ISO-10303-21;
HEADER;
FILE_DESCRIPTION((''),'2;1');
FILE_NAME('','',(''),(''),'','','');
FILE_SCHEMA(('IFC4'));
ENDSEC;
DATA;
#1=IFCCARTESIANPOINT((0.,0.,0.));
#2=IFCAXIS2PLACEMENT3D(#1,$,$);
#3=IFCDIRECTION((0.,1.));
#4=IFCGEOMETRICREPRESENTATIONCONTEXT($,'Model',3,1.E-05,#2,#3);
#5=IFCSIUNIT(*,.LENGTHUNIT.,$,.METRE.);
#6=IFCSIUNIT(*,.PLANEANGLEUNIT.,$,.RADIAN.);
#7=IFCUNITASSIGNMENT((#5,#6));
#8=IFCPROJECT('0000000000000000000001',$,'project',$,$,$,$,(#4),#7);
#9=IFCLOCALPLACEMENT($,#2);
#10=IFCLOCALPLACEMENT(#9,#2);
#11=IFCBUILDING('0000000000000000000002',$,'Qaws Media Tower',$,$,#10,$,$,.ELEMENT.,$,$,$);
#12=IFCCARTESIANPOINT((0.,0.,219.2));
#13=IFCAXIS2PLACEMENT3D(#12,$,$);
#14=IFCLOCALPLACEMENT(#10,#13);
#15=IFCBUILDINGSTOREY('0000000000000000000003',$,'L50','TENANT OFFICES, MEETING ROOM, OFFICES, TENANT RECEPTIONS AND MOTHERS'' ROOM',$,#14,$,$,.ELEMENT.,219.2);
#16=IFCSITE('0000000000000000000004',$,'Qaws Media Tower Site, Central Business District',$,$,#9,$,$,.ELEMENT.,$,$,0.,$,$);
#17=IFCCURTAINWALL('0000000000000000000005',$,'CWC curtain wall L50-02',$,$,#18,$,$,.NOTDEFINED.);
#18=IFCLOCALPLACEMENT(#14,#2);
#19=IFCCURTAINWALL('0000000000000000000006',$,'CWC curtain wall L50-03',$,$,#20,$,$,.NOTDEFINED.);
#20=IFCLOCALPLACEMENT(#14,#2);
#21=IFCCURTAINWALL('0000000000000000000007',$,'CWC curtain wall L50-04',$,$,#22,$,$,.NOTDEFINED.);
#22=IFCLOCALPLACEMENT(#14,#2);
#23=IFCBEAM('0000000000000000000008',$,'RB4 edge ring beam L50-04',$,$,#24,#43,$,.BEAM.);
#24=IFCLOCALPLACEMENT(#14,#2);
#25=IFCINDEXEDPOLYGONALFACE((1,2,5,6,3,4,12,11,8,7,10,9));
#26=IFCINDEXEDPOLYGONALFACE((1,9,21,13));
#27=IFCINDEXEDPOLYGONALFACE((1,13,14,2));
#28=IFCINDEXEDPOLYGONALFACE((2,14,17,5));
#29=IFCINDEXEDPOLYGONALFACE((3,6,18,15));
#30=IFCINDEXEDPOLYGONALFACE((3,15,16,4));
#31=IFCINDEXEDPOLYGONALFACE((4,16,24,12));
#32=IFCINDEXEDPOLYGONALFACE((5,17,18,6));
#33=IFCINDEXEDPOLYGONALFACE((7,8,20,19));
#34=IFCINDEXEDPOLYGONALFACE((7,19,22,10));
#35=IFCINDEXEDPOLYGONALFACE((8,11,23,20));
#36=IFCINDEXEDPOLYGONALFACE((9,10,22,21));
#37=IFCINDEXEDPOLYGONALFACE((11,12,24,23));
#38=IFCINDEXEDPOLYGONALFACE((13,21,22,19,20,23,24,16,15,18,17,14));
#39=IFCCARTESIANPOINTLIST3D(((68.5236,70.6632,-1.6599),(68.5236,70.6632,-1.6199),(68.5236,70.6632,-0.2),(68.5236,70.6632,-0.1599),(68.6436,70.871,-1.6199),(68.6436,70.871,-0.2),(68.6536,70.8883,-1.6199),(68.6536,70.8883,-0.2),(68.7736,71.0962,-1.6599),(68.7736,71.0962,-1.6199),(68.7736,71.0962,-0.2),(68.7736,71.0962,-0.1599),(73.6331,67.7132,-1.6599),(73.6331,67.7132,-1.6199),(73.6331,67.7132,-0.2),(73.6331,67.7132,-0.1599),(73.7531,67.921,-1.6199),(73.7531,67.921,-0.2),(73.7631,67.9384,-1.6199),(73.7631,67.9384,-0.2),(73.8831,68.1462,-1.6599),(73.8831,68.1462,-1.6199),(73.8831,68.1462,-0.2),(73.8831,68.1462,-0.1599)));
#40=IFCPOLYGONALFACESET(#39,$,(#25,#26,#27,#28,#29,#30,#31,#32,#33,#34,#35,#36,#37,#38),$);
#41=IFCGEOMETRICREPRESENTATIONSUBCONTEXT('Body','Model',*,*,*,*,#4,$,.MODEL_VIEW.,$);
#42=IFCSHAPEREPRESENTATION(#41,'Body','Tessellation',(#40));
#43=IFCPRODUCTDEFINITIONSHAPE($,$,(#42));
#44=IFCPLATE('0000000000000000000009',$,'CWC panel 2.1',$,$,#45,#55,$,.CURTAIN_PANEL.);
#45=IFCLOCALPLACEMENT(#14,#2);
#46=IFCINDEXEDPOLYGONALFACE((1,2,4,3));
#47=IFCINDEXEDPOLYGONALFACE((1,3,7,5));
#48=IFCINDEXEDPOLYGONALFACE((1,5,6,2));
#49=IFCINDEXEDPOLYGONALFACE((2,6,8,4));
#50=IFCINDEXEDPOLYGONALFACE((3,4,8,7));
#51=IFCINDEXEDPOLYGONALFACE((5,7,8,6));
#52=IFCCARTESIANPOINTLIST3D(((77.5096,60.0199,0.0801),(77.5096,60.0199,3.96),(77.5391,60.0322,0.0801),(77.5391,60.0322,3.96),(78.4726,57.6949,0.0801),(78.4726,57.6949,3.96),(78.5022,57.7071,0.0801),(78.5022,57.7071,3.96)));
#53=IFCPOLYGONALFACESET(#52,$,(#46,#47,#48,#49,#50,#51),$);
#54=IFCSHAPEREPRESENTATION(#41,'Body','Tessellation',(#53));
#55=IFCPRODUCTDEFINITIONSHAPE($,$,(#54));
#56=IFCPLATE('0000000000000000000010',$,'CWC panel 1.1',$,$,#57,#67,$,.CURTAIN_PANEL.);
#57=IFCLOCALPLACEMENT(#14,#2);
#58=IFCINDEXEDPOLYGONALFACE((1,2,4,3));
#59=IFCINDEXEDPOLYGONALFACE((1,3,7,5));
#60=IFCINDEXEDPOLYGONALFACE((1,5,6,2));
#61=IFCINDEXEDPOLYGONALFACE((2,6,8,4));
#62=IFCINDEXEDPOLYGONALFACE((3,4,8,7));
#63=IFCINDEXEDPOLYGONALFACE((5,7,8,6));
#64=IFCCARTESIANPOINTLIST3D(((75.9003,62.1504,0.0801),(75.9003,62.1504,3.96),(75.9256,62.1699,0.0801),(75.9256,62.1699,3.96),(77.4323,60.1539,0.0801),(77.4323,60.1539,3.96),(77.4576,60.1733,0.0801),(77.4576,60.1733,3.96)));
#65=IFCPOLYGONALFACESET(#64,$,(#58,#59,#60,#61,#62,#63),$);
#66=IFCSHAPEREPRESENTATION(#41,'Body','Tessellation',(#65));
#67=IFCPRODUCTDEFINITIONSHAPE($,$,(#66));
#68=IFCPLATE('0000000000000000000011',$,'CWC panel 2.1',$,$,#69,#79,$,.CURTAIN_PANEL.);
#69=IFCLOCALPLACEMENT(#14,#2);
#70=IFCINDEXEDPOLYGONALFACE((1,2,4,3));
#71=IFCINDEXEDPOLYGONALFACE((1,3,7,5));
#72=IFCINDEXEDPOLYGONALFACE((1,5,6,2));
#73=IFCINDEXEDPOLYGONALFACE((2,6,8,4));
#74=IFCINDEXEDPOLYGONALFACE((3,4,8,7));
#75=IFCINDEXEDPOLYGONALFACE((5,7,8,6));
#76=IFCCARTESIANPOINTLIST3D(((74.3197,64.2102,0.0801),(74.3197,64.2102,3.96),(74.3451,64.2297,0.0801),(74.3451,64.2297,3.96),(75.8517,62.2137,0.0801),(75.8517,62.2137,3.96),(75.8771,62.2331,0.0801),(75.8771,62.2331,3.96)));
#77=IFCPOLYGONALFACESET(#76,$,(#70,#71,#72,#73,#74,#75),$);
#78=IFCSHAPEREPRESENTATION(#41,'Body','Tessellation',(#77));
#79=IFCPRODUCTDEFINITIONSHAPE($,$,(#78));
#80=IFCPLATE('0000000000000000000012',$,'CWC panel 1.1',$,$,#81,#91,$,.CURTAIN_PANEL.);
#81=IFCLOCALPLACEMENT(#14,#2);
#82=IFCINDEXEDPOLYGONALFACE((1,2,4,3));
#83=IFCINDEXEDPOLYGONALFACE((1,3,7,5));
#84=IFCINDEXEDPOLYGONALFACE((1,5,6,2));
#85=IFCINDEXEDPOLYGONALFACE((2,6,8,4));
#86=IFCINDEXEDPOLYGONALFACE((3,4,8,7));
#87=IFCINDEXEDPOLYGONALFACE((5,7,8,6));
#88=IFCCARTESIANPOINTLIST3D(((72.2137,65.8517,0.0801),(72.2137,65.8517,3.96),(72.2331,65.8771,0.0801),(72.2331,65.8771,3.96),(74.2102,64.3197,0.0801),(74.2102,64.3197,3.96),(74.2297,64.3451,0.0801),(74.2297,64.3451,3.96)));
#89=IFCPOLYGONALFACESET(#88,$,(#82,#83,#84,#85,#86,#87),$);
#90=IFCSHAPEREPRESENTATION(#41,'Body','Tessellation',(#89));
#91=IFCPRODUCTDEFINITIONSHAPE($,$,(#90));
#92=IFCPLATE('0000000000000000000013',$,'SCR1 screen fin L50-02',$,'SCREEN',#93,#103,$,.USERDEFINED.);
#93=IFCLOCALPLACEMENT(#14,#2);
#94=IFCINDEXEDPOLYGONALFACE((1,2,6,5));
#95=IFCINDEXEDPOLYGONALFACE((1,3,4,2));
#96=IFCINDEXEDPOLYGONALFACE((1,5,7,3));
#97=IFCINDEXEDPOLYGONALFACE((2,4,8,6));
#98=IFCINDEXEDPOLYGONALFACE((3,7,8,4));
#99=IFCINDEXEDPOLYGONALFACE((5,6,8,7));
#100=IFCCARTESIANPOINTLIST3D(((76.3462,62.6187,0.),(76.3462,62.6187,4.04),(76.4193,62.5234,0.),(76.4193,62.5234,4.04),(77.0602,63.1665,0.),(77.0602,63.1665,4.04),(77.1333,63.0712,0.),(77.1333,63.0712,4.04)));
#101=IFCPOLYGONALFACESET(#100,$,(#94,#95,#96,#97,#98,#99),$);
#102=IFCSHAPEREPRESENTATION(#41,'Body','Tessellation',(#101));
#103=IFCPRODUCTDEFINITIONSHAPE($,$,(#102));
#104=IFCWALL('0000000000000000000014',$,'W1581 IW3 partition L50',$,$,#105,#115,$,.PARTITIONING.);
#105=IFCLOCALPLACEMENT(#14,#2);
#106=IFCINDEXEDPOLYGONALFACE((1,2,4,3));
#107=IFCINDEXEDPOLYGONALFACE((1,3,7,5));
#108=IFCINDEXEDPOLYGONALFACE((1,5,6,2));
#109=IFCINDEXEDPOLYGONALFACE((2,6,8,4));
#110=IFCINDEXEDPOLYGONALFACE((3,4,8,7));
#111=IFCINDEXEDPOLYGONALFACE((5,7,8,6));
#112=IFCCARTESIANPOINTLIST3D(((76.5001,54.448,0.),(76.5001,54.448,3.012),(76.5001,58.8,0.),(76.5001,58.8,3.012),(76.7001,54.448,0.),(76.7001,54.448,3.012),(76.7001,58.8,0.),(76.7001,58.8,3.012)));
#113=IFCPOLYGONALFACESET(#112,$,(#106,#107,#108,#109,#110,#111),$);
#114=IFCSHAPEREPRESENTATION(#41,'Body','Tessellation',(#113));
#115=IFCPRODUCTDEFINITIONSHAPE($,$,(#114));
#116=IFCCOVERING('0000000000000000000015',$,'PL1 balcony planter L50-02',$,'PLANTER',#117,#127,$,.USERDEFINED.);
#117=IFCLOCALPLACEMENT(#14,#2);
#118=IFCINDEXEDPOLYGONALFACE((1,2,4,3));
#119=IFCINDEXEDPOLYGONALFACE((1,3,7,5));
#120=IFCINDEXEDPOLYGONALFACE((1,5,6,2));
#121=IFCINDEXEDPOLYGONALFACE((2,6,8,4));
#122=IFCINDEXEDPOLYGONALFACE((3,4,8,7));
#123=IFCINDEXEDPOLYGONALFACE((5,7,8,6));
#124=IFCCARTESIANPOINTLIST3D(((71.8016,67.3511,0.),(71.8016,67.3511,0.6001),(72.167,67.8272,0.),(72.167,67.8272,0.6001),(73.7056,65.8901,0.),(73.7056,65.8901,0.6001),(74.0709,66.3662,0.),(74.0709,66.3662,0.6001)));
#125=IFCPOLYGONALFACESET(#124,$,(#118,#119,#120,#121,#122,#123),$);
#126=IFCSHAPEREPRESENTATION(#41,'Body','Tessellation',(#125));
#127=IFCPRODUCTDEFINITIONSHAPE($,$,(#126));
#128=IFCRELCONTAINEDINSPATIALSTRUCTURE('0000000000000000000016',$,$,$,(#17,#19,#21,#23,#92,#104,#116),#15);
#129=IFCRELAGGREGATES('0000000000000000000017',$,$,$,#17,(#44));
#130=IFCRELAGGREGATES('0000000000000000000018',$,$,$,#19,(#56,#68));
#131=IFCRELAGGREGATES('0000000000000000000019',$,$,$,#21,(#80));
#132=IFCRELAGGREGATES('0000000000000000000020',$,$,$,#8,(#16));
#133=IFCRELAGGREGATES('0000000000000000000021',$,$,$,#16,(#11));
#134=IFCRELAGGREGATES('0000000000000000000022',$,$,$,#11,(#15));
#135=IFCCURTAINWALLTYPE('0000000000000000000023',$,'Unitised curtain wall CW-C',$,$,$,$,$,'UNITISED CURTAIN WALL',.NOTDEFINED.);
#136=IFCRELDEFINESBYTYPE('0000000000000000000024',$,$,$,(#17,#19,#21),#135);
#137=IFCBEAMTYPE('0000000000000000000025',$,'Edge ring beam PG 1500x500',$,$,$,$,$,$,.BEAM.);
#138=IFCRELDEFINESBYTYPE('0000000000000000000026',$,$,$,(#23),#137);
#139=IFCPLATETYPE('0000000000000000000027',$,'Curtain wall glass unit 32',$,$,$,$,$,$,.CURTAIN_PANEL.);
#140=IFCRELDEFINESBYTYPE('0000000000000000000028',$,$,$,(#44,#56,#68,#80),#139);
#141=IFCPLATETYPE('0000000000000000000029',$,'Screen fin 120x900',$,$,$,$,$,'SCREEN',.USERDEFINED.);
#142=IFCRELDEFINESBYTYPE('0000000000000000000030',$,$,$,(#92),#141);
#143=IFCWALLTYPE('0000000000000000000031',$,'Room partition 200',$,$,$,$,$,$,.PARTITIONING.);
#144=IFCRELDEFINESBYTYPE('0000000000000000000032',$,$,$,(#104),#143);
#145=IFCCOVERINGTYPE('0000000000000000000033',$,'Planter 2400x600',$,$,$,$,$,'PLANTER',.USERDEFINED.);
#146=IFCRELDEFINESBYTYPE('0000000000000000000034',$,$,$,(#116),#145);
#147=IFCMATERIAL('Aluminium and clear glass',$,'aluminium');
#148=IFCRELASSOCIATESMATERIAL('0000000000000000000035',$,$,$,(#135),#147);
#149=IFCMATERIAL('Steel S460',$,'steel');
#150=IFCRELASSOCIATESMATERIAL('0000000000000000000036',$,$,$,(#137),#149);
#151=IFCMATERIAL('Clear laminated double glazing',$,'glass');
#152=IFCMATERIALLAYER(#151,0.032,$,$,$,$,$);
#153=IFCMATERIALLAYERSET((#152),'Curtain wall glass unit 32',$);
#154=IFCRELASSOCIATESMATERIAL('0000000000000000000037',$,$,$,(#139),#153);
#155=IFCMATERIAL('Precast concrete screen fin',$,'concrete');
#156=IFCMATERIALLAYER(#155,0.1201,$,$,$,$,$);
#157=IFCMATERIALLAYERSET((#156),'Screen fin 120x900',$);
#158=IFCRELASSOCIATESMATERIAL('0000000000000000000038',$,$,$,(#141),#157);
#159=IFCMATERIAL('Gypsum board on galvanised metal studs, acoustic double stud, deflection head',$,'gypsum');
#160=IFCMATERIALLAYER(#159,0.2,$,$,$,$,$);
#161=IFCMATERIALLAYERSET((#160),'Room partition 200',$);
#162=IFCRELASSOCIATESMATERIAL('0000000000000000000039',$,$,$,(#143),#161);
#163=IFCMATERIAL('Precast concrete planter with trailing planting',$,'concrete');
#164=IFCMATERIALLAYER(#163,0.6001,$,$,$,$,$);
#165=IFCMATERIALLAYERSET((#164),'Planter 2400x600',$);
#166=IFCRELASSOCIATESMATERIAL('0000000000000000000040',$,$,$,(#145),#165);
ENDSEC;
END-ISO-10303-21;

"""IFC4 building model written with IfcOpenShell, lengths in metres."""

from ifc_helpers import new_model, si_unit, direction, frame, frame_2d, origin, origin_2d, place, context, subcontext, project, spatial, rectangle, i_section, extrude, material, layer, layer_set, material_profile, profile_set, type_object, element, aggregate, save


model = new_model("IFC4")

# Units and contexts
model_context = context("Model", 3, precision=1e-05, world=origin(), true_north=direction((0.0, 1.0)))
body_context = subcontext(model_context, "Body", "Model", "MODEL_VIEW")
ifc_project = project(units=[si_unit("LENGTHUNIT", "METRE"), si_unit("PLANEANGLEUNIT", "RADIAN")], contexts=[model_context])

# Site, building, storey
site_placement = place(None, origin())
site = spatial("IfcSite", under=ifc_project, at=site_placement, Name="Qaws Media Tower Site, Central Business District", CompositionType="ELEMENT", RefElevation=0.0)
building_placement = place(site_placement, origin())
building = spatial("IfcBuilding", under=site, at=building_placement, Name="Qaws Media Tower", CompositionType="ELEMENT")
storey_placement = place(building_placement, frame((0.0, 0.0, 219.2)))
storey = spatial("IfcBuildingStorey", under=building, at=storey_placement, Name="L50", Description="TENANT OFFICES, MEETING ROOM, OFFICES, TENANT RECEPTIONS AND MOTHERS' ROOM", CompositionType="ELEMENT", Elevation=219.2)

# Curtain wall
ifc_material_1 = material(Name="Aluminium and clear glass", Category="aluminium")
curtain_wall_type = type_object("IfcCurtainWallType", Name="Unitised curtain wall CW-C", ElementType="UNITISED CURTAIN WALL", PredefinedType="NOTDEFINED", material=ifc_material_1)
curtain_wall_1_placement = place(storey_placement, origin())
curtain_wall_1 = element("IfcCurtainWall", 1, at=curtain_wall_1_placement, inside=storey, type_object=curtain_wall_type, Name="CWC curtain wall L50-02", PredefinedType="NOTDEFINED")

# Curtain walls
curtain_wall_2_placement = place(storey_placement, origin())
curtain_wall_2 = element("IfcCurtainWall", 2, at=curtain_wall_2_placement, inside=storey, type_object=curtain_wall_type, Name="CWC curtain wall L50-03", PredefinedType="NOTDEFINED")
curtain_wall_3_placement = place(storey_placement, origin())
curtain_wall_3 = element("IfcCurtainWall", 3, at=curtain_wall_3_placement, inside=storey, type_object=curtain_wall_type, Name="CWC curtain wall L50-04", PredefinedType="NOTDEFINED")

# Beam
ifc_material_2 = material(Name="Steel S460", Category="steel")
ifc_material_profile_1 = material_profile(ifc_material_2, i_section(OverallWidth=0.5, OverallDepth=1.5, WebThickness=0.02, FlangeThickness=0.04, at=origin_2d()), Name="PG 1500x500")
ifc_profile_set_1 = profile_set([ifc_material_profile_1], Name="Steel S460")
beam_type = type_object("IfcBeamType", Name="Edge ring beam PG 1500x500", PredefinedType="BEAM", material=ifc_profile_set_1)
beam_1_placement = place(storey_placement, frame((73.7581, 67.9297, -0.9099), z_axis=(-0.866022, 0.500007, 0.0), x_axis=(-0.500007, -0.866022, 0.0)))
element("IfcBeam", 4, at=beam_1_placement, inside=storey, type_object=beam_type, Name="RB4 edge ring beam L50-04", PredefinedType="BEAM", context=body_context, shape_type="SweptSolid", body=[
    extrude(i_section(OverallWidth=0.5, OverallDepth=1.5, WebThickness=0.02, FlangeThickness=0.04, at=origin_2d()), origin(), (0.0, 0.0, 1.0), 5.8999),
])

# Plates
ifc_material_3 = material(Name="Clear laminated double glazing", Category="glass")
ifc_layer_1 = layer(ifc_material_3, 0.032)
ifc_layer_set_1 = layer_set([ifc_layer_1], Name="Curtain wall glass unit 32")
plate_type_1 = type_object("IfcPlateType", Name="Curtain wall glass unit 32", PredefinedType="CURTAIN_PANEL", material=ifc_layer_set_1)
plate_1_placement = place(storey_placement, frame((78.0059, 58.8635, 0.0801), z_axis=(0.0, 0.0, 1.0), x_axis=(-0.382684, 0.923879, 0.0)))
plate_1 = element("IfcPlate", 5, at=plate_1_placement, type_object=plate_type_1, Name="CWC panel 2.1", PredefinedType="CURTAIN_PANEL", context=body_context, shape_type="SweptSolid", body=[
    extrude(rectangle(XDim=2.5166, YDim=0.032, at=origin_2d()), origin(), (0.0, 0.0, 1.0), 3.8799),
])
aggregate(curtain_wall_1, [plate_1])
plate_2_placement = place(storey_placement, frame((76.679, 61.1619, 0.0801), z_axis=(0.0, 0.0, 1.0), x_axis=(-0.608761, 0.793353, 0.0)))
plate_2 = element("IfcPlate", 6, at=plate_2_placement, type_object=plate_type_1, Name="CWC panel 1.1", PredefinedType="CURTAIN_PANEL", context=body_context, shape_type="SweptSolid", body=[
    extrude(rectangle(XDim=2.5166, YDim=0.032, at=origin_2d()), origin(), (0.0, 0.0, 1.0), 3.8799),
])
plate_3_placement = place(storey_placement, frame((75.0984, 63.2217, 0.0801), z_axis=(0.0, 0.0, 1.0), x_axis=(-0.608761, 0.793353, 0.0)))
plate_3 = element("IfcPlate", 7, at=plate_3_placement, type_object=plate_type_1, Name="CWC panel 2.1", PredefinedType="CURTAIN_PANEL", context=body_context, shape_type="SweptSolid", body=[
    extrude(rectangle(XDim=2.5166, YDim=0.032, at=origin_2d()), origin(), (0.0, 0.0, 1.0), 3.8799),
])
aggregate(curtain_wall_2, [plate_2, plate_3])
plate_4_placement = place(storey_placement, frame((73.2217, 65.0984, 0.0801), z_axis=(0.0, 0.0, 1.0), x_axis=(-0.793353, 0.608761, 0.0)))
plate_4 = element("IfcPlate", 8, at=plate_4_placement, type_object=plate_type_1, Name="CWC panel 1.1", PredefinedType="CURTAIN_PANEL", context=body_context, shape_type="SweptSolid", body=[
    extrude(rectangle(XDim=2.5166, YDim=0.032, at=origin_2d()), origin(), (0.0, 0.0, 1.0), 3.8799),
])
aggregate(curtain_wall_3, [plate_4])
ifc_material_4 = material(Name="Precast concrete screen fin", Category="concrete")
ifc_layer_2 = layer(ifc_material_4, 0.1201)
ifc_layer_set_2 = layer_set([ifc_layer_2], Name="Screen fin 120x900")
plate_type_2 = type_object("IfcPlateType", Name="Screen fin 120x900", ElementType="SCREEN", PredefinedType="USERDEFINED", material=ifc_layer_set_2)
plate_5_placement = place(storey_placement, frame((76.7397, 62.845, 0.0), z_axis=(0.0, 0.0, 1.0), x_axis=(0.793353, 0.608761, 0.0)))
element("IfcPlate", 9, at=plate_5_placement, inside=storey, type_object=plate_type_2, Name="SCR1 screen fin L50-02", ObjectType="SCREEN", PredefinedType="USERDEFINED", context=body_context, shape_type="SweptSolid", body=[
    extrude(rectangle(XDim=0.8999, YDim=0.1201, at=origin_2d()), origin(), (0.0, 0.0, 1.0), 4.04),
])

# Wall
ifc_material_5 = material(Name="Gypsum board on galvanised metal studs, acoustic double stud, deflection head", Category="gypsum")
ifc_layer_3 = layer(ifc_material_5, 0.2)
ifc_layer_set_3 = layer_set([ifc_layer_3], Name="Room partition 200")
wall_type = type_object("IfcWallType", Name="Room partition 200", PredefinedType="PARTITIONING", material=ifc_layer_set_3)
wall_placement = place(storey_placement, frame((76.6001, 58.8, 0.0), z_axis=(0.0, 0.0, 1.0), x_axis=(0.0, -1.0, 0.0)))
element("IfcWall", 10, at=wall_placement, inside=storey, type_object=wall_type, Name="W1581 IW3 partition L50", PredefinedType="PARTITIONING", context=body_context, shape_type="SweptSolid", body=[
    extrude(rectangle(XDim=4.3521, YDim=0.2, at=frame_2d((2.176, 0.0))), origin(), (0.0, 0.0, 1.0), 3.012),
])

# Covering
ifc_material_6 = material(Name="Precast concrete planter with trailing planting", Category="concrete")
ifc_layer_4 = layer(ifc_material_6, 0.6001)
ifc_layer_set_4 = layer_set([ifc_layer_4], Name="Planter 2400x600")
covering_type = type_object("IfcCoveringType", Name="Planter 2400x600", ElementType="PLANTER", PredefinedType="USERDEFINED", material=ifc_layer_set_4)
covering_placement = place(storey_placement, frame((72.9363, 66.8586, 0.0), z_axis=(0.0, 0.0, 1.0), x_axis=(-0.793353, 0.608761, 0.0)))
element("IfcCovering", 11, at=covering_placement, inside=storey, type_object=covering_type, Name="PL1 balcony planter L50-02", ObjectType="PLANTER", PredefinedType="USERDEFINED", context=body_context, shape_type="SweptSolid", body=[
    extrude(rectangle(XDim=2.3999, YDim=0.6001, at=origin_2d()), origin(), (0.0, 0.0, 1.0), 0.6001),
])

save(model, "model.ifc")
